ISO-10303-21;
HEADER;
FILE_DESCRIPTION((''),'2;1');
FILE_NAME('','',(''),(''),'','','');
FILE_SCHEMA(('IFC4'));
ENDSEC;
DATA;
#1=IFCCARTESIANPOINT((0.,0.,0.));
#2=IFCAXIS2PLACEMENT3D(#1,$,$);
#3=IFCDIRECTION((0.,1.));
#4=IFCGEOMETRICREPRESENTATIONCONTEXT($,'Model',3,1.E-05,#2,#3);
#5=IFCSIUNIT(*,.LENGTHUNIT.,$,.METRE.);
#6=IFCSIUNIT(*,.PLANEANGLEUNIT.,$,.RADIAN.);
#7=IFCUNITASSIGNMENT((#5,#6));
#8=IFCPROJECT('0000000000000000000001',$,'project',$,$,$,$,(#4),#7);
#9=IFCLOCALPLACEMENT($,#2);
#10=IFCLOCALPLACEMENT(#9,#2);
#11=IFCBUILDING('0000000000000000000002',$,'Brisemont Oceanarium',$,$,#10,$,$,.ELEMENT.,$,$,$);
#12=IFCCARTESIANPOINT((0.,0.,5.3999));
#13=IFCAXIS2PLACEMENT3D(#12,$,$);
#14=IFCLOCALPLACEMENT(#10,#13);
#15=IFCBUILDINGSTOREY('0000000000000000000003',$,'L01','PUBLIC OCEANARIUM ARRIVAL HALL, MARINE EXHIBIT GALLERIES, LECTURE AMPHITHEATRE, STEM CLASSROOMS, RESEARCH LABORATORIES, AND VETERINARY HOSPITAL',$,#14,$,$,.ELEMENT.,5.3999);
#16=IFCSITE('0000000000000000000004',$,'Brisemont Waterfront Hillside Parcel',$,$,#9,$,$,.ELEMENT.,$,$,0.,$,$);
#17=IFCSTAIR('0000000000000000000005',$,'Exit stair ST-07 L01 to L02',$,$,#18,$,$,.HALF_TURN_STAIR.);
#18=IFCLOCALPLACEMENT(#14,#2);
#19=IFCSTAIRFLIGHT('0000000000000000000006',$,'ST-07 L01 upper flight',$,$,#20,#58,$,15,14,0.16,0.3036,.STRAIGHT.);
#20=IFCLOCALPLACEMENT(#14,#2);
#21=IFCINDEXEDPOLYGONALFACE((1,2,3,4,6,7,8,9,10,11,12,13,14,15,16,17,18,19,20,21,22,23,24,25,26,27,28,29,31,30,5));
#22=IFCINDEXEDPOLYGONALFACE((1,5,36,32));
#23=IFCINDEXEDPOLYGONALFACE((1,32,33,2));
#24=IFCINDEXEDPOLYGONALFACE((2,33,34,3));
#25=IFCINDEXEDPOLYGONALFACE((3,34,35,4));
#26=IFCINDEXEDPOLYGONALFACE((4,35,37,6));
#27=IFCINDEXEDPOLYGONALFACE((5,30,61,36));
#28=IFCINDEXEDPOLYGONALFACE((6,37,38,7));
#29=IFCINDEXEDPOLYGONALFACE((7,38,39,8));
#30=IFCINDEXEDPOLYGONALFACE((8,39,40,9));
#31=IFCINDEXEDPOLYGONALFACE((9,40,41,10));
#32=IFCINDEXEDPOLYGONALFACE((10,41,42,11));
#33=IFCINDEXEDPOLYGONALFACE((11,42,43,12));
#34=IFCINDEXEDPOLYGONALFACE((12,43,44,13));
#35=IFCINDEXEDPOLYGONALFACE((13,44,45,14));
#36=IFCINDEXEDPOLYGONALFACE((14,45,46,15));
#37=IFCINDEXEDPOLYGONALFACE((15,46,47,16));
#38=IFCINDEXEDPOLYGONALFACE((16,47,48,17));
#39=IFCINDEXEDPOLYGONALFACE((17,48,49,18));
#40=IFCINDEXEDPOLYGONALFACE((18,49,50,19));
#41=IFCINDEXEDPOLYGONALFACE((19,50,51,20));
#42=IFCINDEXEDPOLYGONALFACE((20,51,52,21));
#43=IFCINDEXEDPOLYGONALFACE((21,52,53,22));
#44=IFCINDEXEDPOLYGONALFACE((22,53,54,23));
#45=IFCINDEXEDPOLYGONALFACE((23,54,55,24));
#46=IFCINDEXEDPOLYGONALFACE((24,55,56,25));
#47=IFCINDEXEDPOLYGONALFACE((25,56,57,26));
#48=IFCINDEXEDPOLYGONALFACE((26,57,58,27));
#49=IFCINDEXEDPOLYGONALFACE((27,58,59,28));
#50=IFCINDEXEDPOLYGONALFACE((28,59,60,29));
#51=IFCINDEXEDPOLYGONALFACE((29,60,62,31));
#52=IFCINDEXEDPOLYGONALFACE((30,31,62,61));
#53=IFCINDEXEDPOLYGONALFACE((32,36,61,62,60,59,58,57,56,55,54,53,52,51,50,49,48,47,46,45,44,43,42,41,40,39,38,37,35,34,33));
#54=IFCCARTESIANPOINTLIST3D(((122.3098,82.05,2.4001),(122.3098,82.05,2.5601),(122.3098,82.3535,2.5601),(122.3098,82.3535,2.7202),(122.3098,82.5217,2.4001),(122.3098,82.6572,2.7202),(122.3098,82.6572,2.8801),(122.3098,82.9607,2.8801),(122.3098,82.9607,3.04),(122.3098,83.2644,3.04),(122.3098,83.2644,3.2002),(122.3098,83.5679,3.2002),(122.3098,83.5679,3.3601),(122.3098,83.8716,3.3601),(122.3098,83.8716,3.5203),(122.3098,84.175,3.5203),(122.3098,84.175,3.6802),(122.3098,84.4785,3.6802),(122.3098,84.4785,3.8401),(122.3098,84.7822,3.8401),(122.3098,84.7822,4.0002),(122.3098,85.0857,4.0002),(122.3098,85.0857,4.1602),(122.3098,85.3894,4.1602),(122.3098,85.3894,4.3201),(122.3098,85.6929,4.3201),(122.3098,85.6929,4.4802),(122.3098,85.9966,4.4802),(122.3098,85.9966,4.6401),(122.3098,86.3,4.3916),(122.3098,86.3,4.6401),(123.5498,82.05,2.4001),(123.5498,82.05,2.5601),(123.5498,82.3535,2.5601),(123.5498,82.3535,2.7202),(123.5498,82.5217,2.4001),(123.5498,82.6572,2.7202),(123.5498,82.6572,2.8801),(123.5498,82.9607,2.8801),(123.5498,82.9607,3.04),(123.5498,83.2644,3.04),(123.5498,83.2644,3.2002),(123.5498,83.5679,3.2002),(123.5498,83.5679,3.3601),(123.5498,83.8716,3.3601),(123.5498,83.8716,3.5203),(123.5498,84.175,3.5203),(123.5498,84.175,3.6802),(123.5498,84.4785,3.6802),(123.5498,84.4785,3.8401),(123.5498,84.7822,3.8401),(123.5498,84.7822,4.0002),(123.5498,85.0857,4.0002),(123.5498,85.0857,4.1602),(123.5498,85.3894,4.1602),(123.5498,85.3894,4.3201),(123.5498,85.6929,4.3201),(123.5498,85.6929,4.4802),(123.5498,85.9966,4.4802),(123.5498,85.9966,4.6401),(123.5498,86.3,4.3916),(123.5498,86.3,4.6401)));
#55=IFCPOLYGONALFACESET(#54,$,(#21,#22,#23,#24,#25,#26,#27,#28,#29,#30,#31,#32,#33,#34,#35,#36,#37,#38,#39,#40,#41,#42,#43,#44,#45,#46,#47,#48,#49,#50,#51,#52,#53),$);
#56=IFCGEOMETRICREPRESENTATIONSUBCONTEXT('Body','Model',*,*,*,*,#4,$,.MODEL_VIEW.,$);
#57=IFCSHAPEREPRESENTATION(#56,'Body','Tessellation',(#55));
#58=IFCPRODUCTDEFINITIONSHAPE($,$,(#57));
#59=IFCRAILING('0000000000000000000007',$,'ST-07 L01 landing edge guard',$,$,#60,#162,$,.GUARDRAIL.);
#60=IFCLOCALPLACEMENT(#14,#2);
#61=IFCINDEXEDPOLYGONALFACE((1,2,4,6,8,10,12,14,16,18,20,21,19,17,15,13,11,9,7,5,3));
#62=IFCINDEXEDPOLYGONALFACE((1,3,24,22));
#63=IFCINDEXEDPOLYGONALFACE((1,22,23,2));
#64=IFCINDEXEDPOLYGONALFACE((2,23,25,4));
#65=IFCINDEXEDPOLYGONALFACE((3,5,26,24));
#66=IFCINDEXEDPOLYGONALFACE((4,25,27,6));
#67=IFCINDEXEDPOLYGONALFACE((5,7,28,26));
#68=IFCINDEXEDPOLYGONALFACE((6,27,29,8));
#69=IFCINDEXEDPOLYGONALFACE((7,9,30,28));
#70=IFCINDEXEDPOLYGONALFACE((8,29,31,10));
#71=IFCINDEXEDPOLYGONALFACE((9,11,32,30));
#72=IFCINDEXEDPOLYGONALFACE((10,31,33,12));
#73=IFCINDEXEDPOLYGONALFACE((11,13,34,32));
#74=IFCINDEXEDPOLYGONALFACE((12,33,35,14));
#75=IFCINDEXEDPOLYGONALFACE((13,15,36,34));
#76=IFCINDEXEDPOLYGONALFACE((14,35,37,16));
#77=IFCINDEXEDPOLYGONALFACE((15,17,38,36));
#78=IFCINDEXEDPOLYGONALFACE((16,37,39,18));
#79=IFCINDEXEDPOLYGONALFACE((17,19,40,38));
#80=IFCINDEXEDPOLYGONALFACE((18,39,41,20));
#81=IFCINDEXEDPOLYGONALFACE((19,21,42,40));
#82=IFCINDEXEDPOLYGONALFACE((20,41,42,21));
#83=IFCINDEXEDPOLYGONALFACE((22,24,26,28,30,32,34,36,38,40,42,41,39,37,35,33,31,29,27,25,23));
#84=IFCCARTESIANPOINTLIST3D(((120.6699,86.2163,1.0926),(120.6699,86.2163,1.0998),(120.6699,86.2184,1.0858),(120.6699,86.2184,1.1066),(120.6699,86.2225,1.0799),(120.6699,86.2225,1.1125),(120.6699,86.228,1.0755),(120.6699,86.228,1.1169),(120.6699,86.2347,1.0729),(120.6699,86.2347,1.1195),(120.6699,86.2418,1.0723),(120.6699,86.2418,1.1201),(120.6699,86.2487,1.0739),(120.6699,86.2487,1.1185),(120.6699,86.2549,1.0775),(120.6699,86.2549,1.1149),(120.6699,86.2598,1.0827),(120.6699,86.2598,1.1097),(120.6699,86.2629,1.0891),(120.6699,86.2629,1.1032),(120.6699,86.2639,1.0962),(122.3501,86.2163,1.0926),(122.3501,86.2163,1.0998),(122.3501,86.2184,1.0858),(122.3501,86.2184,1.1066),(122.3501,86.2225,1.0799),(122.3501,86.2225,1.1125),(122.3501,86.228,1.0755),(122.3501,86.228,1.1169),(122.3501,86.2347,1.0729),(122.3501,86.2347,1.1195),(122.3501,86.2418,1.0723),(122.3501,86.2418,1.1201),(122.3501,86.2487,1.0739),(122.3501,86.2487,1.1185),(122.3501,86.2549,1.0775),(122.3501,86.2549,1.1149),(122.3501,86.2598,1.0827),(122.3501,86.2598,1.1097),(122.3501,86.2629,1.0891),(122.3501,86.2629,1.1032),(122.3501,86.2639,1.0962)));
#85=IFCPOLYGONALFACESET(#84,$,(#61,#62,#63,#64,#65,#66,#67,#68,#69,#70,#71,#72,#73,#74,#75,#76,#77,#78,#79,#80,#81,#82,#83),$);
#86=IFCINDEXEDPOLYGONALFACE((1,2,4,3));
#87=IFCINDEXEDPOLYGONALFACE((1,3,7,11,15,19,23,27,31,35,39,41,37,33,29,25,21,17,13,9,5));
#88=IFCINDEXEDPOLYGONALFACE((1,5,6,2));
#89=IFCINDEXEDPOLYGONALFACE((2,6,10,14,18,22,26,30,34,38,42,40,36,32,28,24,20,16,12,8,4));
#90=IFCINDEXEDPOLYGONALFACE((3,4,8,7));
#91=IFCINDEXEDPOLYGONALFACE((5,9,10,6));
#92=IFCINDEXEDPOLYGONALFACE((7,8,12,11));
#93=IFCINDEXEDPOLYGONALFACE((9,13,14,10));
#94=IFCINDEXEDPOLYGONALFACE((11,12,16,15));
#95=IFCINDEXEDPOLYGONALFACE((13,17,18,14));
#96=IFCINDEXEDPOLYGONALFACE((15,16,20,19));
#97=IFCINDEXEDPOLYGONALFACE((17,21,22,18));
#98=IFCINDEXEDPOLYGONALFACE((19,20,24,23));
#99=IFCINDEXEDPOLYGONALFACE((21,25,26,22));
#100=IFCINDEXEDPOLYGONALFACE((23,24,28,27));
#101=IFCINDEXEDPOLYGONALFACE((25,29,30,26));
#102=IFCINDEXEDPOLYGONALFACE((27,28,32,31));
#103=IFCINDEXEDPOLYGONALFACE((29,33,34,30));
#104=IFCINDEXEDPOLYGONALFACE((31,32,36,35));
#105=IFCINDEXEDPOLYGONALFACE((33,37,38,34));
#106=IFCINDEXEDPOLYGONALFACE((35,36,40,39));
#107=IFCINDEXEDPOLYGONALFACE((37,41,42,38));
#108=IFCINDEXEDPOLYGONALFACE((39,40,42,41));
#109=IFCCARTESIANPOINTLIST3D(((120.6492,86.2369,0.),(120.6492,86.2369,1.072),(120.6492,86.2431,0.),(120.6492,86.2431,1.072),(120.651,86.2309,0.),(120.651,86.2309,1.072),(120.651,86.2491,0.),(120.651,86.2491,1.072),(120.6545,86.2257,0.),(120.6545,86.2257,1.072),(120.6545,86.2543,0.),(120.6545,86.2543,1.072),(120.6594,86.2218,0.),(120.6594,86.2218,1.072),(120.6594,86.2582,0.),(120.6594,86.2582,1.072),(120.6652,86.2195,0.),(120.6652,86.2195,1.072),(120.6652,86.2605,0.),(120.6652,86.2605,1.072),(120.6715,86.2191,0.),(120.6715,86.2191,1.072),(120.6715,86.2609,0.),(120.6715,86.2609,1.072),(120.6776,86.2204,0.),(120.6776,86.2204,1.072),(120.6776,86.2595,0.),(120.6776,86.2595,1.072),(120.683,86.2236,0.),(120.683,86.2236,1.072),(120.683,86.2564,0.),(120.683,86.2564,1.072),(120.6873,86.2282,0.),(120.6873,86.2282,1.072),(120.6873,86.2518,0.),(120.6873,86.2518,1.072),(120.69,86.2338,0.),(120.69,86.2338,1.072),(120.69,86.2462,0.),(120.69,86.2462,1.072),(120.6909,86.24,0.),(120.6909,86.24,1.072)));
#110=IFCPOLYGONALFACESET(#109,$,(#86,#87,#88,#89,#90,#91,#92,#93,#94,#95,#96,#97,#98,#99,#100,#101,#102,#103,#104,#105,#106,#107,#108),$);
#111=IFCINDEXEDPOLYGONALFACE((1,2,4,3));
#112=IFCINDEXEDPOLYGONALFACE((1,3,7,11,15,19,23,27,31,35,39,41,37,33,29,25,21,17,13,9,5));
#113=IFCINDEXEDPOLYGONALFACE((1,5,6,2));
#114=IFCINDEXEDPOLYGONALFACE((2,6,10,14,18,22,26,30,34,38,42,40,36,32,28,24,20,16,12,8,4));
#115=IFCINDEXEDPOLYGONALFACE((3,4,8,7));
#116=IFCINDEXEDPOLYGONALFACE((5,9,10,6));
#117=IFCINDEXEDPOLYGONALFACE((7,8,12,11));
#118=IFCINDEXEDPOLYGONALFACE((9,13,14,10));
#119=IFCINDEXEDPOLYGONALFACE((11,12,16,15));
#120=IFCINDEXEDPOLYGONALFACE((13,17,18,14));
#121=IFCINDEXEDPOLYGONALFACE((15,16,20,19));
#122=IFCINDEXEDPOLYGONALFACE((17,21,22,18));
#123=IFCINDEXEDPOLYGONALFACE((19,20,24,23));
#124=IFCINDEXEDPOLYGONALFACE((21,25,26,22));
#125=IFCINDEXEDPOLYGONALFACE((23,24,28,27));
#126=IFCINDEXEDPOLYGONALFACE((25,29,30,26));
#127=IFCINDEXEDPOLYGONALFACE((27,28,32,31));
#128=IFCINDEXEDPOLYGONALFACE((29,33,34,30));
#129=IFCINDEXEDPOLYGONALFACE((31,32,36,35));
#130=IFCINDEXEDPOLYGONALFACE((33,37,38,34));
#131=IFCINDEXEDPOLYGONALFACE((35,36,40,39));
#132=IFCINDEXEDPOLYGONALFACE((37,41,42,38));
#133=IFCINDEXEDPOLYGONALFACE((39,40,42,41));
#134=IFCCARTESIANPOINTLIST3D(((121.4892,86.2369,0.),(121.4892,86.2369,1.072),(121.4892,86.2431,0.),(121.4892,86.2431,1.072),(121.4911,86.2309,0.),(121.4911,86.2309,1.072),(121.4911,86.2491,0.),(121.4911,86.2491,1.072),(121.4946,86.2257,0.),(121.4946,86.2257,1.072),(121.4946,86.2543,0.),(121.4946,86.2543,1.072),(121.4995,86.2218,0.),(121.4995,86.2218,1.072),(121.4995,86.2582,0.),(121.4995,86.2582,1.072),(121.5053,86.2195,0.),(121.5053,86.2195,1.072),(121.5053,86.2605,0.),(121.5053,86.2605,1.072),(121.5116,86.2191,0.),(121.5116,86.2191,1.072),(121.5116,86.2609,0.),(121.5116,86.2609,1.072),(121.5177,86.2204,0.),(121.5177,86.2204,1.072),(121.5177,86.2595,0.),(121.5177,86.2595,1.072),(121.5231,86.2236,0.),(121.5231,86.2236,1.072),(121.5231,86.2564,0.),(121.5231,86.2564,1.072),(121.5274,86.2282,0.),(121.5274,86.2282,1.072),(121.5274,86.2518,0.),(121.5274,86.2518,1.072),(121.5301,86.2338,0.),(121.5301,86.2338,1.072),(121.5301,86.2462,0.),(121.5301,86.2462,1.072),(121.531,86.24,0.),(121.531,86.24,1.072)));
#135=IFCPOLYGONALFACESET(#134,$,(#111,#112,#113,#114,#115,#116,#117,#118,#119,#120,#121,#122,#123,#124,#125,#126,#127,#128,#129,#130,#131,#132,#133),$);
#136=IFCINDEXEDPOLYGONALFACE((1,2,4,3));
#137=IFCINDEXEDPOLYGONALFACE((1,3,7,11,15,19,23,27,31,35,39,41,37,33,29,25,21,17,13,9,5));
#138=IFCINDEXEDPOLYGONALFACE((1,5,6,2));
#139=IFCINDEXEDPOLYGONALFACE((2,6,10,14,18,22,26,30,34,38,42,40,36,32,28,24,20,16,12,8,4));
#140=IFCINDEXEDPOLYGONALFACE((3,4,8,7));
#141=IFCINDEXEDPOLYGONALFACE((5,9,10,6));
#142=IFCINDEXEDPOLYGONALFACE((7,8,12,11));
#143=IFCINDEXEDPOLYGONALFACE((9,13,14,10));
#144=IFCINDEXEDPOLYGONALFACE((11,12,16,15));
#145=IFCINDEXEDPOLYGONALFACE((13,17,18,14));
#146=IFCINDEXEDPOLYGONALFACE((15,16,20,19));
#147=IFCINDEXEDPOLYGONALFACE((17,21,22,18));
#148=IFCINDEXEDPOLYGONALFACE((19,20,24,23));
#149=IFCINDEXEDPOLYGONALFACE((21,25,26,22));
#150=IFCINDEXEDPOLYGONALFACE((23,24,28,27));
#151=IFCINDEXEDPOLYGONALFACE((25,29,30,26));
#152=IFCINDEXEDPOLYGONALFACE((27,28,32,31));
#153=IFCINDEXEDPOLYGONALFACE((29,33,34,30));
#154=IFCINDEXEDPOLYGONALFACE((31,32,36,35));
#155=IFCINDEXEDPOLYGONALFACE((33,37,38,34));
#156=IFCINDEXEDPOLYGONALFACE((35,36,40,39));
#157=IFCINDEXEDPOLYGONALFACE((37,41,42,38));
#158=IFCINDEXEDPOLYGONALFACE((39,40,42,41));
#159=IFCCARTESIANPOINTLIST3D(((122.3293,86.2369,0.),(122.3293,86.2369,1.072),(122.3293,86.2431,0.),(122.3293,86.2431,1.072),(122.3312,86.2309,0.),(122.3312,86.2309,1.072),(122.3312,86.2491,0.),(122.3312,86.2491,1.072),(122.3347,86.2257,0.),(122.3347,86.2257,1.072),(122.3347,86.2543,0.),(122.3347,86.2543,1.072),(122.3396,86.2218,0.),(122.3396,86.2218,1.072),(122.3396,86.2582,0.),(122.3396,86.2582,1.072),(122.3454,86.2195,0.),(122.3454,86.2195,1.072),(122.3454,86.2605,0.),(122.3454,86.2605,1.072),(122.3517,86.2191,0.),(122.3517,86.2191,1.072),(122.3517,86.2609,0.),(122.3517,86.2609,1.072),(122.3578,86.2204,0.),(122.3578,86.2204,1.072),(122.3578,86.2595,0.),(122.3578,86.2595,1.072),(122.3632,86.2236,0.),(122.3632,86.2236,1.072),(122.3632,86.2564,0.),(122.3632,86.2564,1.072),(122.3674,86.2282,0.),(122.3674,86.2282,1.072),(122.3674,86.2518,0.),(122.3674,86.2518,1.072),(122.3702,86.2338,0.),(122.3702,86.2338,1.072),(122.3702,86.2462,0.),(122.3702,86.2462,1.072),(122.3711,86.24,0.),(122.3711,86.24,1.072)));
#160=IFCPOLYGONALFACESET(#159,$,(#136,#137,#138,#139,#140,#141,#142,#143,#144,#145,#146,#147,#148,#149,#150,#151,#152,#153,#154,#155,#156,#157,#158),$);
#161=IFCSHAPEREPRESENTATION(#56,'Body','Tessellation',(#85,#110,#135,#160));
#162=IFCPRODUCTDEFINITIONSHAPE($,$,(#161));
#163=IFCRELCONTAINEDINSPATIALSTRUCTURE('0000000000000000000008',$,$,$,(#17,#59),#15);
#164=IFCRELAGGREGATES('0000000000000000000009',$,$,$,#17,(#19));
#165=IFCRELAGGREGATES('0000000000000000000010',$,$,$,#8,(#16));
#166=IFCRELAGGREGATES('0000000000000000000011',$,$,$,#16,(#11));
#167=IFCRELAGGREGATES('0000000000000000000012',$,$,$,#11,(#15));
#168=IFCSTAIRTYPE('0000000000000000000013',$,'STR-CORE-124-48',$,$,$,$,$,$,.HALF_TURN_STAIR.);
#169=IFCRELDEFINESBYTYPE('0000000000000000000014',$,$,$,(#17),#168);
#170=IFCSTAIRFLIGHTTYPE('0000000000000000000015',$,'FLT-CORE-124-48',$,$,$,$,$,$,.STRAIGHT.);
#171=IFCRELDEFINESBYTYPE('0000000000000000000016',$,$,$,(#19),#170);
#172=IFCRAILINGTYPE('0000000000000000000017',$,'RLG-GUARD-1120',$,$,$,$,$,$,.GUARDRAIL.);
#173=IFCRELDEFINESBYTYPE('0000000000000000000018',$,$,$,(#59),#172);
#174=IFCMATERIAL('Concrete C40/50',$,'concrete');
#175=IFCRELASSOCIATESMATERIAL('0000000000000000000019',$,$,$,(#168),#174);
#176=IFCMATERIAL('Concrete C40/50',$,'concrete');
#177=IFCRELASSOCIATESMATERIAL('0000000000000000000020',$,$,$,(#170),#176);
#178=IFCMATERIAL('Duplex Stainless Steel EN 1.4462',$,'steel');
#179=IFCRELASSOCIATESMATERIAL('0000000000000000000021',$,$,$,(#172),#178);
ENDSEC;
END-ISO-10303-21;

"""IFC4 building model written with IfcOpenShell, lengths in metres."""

from ifc_helpers import new_model, si_unit, direction, frame, origin, origin_2d, place, context, subcontext, project, spatial, polyline, circle, outline, extrude, material, type_object, element, aggregate, save


model = new_model("IFC4")

# Units and contexts
model_context = context("Model", 3, precision=1e-05, world=origin(), true_north=direction((0.0, 1.0)))
body_context = subcontext(model_context, "Body", "Model", "MODEL_VIEW")
ifc_project = project(units=[si_unit("LENGTHUNIT", "METRE"), si_unit("PLANEANGLEUNIT", "RADIAN")], contexts=[model_context])

# Site, building, storey
site_placement = place(None, origin())
site = spatial("IfcSite", under=ifc_project, at=site_placement, Name="Brisemont Waterfront Hillside Parcel", CompositionType="ELEMENT", RefElevation=0.0)
building_placement = place(site_placement, origin())
building = spatial("IfcBuilding", under=site, at=building_placement, Name="Brisemont Oceanarium", CompositionType="ELEMENT")
storey_placement = place(building_placement, frame((0.0, 0.0, 5.3999)))
storey = spatial("IfcBuildingStorey", under=building, at=storey_placement, Name="L01", Description="PUBLIC OCEANARIUM ARRIVAL HALL, MARINE EXHIBIT GALLERIES, LECTURE AMPHITHEATRE, STEM CLASSROOMS, RESEARCH LABORATORIES, AND VETERINARY HOSPITAL", CompositionType="ELEMENT", Elevation=5.3999)

# Stair, stair flight
ifc_material_1 = material(Name="Concrete C40/50", Category="concrete")
stair_type = type_object("IfcStairType", Name="STR-CORE-124-48", PredefinedType="HALF_TURN_STAIR", material=ifc_material_1)
stair_placement = place(storey_placement, origin())
stair = element("IfcStair", 1, at=stair_placement, inside=storey, type_object=stair_type, Name="Exit stair ST-07 L01 to L02", PredefinedType="HALF_TURN_STAIR")
ifc_material_2 = material(Name="Concrete C40/50", Category="concrete")
stair_flight_type = type_object("IfcStairFlightType", Name="FLT-CORE-124-48", PredefinedType="STRAIGHT", material=ifc_material_2)
stair_flight_1_placement = place(storey_placement, frame((122.9299, 82.05, 2.4001), z_axis=(0.0, 0.0, 1.0), x_axis=(0.0, 1.0, 0.0)))
stair_flight_1 = element("IfcStairFlight", 2, at=stair_flight_1_placement, type_object=stair_flight_type, Name="ST-07 L01 upper flight", NumberOfRisers=15, NumberOfTreads=14, PredefinedType="STRAIGHT", RiserHeight=0.16, TreadLength=0.3036, context=body_context, shape_type="SweptSolid", body=[
    extrude(outline(polyline([(0.0, 0.0), (0.0, 0.1599), (0.3035, 0.1599), (0.3035, 0.3201), (0.6072, 0.3201), (0.6072, 0.48), (0.9106, 0.48), (0.9106, 0.6399), (1.2144, 0.6399), (1.2144, 0.8), (1.5178, 0.8), (1.5178, 0.96), (1.8215, 0.96), (1.8215, 1.1201), (2.125, 1.1201), (2.125, 1.28), (2.4285, 1.28), (2.4285, 1.4399), (2.7322, 1.4399), (2.7322, 1.6001), (3.0356, 1.6001), (3.0356, 1.76), (3.3394, 1.76), (3.3394, 1.9199), (3.6428, 1.9199), (3.6428, 2.0801), (3.9465, 2.0801), (3.9465, 2.24), (4.25, 2.24), (4.25, 2.3999), (4.25, 1.9915), (0.4717, 0.0), (0.0, 0.0)])), frame((0.0, 0.6201, 0.0), z_axis=(0.0, -1.0, 0.0), x_axis=(1.0, 0.0, 0.0)), (0.0, 0.0, 1.0), 1.24),
])
aggregate(stair, [stair_flight_1])

# Railing
ifc_material_3 = material(Name="Duplex Stainless Steel EN 1.4462", Category="steel")
railing_type_1 = type_object("IfcRailingType", Name="RLG-GUARD-1120", PredefinedType="GUARDRAIL", material=ifc_material_3)
railing_1_placement = place(storey_placement, frame((120.6699, 86.24, 0.0)))
element("IfcRailing", 3, at=railing_1_placement, inside=storey, type_object=railing_type_1, Name="ST-07 L01 landing edge guard", PredefinedType="GUARDRAIL", context=body_context, shape_type="SweptSolid", body=[
    extrude(circle(Radius=0.0239, at=origin_2d()), frame((0.0, 0.0, 1.0962), z_axis=(1.0, 0.0, 0.0), x_axis=(0.0, 1.0, 0.0)), (0.0, 0.0, 1.0), 1.6802),
    extrude(circle(Radius=0.021, at=origin_2d()), origin(), (0.0, 0.0, 1.0), 1.072),
    extrude(circle(Radius=0.021, at=origin_2d()), frame((0.8401, 0.0, 0.0)), (0.0, 0.0, 1.0), 1.072),
    extrude(circle(Radius=0.021, at=origin_2d()), frame((1.6802, 0.0, 0.0)), (0.0, 0.0, 1.0), 1.072),
])

save(model, "model.ifc")
